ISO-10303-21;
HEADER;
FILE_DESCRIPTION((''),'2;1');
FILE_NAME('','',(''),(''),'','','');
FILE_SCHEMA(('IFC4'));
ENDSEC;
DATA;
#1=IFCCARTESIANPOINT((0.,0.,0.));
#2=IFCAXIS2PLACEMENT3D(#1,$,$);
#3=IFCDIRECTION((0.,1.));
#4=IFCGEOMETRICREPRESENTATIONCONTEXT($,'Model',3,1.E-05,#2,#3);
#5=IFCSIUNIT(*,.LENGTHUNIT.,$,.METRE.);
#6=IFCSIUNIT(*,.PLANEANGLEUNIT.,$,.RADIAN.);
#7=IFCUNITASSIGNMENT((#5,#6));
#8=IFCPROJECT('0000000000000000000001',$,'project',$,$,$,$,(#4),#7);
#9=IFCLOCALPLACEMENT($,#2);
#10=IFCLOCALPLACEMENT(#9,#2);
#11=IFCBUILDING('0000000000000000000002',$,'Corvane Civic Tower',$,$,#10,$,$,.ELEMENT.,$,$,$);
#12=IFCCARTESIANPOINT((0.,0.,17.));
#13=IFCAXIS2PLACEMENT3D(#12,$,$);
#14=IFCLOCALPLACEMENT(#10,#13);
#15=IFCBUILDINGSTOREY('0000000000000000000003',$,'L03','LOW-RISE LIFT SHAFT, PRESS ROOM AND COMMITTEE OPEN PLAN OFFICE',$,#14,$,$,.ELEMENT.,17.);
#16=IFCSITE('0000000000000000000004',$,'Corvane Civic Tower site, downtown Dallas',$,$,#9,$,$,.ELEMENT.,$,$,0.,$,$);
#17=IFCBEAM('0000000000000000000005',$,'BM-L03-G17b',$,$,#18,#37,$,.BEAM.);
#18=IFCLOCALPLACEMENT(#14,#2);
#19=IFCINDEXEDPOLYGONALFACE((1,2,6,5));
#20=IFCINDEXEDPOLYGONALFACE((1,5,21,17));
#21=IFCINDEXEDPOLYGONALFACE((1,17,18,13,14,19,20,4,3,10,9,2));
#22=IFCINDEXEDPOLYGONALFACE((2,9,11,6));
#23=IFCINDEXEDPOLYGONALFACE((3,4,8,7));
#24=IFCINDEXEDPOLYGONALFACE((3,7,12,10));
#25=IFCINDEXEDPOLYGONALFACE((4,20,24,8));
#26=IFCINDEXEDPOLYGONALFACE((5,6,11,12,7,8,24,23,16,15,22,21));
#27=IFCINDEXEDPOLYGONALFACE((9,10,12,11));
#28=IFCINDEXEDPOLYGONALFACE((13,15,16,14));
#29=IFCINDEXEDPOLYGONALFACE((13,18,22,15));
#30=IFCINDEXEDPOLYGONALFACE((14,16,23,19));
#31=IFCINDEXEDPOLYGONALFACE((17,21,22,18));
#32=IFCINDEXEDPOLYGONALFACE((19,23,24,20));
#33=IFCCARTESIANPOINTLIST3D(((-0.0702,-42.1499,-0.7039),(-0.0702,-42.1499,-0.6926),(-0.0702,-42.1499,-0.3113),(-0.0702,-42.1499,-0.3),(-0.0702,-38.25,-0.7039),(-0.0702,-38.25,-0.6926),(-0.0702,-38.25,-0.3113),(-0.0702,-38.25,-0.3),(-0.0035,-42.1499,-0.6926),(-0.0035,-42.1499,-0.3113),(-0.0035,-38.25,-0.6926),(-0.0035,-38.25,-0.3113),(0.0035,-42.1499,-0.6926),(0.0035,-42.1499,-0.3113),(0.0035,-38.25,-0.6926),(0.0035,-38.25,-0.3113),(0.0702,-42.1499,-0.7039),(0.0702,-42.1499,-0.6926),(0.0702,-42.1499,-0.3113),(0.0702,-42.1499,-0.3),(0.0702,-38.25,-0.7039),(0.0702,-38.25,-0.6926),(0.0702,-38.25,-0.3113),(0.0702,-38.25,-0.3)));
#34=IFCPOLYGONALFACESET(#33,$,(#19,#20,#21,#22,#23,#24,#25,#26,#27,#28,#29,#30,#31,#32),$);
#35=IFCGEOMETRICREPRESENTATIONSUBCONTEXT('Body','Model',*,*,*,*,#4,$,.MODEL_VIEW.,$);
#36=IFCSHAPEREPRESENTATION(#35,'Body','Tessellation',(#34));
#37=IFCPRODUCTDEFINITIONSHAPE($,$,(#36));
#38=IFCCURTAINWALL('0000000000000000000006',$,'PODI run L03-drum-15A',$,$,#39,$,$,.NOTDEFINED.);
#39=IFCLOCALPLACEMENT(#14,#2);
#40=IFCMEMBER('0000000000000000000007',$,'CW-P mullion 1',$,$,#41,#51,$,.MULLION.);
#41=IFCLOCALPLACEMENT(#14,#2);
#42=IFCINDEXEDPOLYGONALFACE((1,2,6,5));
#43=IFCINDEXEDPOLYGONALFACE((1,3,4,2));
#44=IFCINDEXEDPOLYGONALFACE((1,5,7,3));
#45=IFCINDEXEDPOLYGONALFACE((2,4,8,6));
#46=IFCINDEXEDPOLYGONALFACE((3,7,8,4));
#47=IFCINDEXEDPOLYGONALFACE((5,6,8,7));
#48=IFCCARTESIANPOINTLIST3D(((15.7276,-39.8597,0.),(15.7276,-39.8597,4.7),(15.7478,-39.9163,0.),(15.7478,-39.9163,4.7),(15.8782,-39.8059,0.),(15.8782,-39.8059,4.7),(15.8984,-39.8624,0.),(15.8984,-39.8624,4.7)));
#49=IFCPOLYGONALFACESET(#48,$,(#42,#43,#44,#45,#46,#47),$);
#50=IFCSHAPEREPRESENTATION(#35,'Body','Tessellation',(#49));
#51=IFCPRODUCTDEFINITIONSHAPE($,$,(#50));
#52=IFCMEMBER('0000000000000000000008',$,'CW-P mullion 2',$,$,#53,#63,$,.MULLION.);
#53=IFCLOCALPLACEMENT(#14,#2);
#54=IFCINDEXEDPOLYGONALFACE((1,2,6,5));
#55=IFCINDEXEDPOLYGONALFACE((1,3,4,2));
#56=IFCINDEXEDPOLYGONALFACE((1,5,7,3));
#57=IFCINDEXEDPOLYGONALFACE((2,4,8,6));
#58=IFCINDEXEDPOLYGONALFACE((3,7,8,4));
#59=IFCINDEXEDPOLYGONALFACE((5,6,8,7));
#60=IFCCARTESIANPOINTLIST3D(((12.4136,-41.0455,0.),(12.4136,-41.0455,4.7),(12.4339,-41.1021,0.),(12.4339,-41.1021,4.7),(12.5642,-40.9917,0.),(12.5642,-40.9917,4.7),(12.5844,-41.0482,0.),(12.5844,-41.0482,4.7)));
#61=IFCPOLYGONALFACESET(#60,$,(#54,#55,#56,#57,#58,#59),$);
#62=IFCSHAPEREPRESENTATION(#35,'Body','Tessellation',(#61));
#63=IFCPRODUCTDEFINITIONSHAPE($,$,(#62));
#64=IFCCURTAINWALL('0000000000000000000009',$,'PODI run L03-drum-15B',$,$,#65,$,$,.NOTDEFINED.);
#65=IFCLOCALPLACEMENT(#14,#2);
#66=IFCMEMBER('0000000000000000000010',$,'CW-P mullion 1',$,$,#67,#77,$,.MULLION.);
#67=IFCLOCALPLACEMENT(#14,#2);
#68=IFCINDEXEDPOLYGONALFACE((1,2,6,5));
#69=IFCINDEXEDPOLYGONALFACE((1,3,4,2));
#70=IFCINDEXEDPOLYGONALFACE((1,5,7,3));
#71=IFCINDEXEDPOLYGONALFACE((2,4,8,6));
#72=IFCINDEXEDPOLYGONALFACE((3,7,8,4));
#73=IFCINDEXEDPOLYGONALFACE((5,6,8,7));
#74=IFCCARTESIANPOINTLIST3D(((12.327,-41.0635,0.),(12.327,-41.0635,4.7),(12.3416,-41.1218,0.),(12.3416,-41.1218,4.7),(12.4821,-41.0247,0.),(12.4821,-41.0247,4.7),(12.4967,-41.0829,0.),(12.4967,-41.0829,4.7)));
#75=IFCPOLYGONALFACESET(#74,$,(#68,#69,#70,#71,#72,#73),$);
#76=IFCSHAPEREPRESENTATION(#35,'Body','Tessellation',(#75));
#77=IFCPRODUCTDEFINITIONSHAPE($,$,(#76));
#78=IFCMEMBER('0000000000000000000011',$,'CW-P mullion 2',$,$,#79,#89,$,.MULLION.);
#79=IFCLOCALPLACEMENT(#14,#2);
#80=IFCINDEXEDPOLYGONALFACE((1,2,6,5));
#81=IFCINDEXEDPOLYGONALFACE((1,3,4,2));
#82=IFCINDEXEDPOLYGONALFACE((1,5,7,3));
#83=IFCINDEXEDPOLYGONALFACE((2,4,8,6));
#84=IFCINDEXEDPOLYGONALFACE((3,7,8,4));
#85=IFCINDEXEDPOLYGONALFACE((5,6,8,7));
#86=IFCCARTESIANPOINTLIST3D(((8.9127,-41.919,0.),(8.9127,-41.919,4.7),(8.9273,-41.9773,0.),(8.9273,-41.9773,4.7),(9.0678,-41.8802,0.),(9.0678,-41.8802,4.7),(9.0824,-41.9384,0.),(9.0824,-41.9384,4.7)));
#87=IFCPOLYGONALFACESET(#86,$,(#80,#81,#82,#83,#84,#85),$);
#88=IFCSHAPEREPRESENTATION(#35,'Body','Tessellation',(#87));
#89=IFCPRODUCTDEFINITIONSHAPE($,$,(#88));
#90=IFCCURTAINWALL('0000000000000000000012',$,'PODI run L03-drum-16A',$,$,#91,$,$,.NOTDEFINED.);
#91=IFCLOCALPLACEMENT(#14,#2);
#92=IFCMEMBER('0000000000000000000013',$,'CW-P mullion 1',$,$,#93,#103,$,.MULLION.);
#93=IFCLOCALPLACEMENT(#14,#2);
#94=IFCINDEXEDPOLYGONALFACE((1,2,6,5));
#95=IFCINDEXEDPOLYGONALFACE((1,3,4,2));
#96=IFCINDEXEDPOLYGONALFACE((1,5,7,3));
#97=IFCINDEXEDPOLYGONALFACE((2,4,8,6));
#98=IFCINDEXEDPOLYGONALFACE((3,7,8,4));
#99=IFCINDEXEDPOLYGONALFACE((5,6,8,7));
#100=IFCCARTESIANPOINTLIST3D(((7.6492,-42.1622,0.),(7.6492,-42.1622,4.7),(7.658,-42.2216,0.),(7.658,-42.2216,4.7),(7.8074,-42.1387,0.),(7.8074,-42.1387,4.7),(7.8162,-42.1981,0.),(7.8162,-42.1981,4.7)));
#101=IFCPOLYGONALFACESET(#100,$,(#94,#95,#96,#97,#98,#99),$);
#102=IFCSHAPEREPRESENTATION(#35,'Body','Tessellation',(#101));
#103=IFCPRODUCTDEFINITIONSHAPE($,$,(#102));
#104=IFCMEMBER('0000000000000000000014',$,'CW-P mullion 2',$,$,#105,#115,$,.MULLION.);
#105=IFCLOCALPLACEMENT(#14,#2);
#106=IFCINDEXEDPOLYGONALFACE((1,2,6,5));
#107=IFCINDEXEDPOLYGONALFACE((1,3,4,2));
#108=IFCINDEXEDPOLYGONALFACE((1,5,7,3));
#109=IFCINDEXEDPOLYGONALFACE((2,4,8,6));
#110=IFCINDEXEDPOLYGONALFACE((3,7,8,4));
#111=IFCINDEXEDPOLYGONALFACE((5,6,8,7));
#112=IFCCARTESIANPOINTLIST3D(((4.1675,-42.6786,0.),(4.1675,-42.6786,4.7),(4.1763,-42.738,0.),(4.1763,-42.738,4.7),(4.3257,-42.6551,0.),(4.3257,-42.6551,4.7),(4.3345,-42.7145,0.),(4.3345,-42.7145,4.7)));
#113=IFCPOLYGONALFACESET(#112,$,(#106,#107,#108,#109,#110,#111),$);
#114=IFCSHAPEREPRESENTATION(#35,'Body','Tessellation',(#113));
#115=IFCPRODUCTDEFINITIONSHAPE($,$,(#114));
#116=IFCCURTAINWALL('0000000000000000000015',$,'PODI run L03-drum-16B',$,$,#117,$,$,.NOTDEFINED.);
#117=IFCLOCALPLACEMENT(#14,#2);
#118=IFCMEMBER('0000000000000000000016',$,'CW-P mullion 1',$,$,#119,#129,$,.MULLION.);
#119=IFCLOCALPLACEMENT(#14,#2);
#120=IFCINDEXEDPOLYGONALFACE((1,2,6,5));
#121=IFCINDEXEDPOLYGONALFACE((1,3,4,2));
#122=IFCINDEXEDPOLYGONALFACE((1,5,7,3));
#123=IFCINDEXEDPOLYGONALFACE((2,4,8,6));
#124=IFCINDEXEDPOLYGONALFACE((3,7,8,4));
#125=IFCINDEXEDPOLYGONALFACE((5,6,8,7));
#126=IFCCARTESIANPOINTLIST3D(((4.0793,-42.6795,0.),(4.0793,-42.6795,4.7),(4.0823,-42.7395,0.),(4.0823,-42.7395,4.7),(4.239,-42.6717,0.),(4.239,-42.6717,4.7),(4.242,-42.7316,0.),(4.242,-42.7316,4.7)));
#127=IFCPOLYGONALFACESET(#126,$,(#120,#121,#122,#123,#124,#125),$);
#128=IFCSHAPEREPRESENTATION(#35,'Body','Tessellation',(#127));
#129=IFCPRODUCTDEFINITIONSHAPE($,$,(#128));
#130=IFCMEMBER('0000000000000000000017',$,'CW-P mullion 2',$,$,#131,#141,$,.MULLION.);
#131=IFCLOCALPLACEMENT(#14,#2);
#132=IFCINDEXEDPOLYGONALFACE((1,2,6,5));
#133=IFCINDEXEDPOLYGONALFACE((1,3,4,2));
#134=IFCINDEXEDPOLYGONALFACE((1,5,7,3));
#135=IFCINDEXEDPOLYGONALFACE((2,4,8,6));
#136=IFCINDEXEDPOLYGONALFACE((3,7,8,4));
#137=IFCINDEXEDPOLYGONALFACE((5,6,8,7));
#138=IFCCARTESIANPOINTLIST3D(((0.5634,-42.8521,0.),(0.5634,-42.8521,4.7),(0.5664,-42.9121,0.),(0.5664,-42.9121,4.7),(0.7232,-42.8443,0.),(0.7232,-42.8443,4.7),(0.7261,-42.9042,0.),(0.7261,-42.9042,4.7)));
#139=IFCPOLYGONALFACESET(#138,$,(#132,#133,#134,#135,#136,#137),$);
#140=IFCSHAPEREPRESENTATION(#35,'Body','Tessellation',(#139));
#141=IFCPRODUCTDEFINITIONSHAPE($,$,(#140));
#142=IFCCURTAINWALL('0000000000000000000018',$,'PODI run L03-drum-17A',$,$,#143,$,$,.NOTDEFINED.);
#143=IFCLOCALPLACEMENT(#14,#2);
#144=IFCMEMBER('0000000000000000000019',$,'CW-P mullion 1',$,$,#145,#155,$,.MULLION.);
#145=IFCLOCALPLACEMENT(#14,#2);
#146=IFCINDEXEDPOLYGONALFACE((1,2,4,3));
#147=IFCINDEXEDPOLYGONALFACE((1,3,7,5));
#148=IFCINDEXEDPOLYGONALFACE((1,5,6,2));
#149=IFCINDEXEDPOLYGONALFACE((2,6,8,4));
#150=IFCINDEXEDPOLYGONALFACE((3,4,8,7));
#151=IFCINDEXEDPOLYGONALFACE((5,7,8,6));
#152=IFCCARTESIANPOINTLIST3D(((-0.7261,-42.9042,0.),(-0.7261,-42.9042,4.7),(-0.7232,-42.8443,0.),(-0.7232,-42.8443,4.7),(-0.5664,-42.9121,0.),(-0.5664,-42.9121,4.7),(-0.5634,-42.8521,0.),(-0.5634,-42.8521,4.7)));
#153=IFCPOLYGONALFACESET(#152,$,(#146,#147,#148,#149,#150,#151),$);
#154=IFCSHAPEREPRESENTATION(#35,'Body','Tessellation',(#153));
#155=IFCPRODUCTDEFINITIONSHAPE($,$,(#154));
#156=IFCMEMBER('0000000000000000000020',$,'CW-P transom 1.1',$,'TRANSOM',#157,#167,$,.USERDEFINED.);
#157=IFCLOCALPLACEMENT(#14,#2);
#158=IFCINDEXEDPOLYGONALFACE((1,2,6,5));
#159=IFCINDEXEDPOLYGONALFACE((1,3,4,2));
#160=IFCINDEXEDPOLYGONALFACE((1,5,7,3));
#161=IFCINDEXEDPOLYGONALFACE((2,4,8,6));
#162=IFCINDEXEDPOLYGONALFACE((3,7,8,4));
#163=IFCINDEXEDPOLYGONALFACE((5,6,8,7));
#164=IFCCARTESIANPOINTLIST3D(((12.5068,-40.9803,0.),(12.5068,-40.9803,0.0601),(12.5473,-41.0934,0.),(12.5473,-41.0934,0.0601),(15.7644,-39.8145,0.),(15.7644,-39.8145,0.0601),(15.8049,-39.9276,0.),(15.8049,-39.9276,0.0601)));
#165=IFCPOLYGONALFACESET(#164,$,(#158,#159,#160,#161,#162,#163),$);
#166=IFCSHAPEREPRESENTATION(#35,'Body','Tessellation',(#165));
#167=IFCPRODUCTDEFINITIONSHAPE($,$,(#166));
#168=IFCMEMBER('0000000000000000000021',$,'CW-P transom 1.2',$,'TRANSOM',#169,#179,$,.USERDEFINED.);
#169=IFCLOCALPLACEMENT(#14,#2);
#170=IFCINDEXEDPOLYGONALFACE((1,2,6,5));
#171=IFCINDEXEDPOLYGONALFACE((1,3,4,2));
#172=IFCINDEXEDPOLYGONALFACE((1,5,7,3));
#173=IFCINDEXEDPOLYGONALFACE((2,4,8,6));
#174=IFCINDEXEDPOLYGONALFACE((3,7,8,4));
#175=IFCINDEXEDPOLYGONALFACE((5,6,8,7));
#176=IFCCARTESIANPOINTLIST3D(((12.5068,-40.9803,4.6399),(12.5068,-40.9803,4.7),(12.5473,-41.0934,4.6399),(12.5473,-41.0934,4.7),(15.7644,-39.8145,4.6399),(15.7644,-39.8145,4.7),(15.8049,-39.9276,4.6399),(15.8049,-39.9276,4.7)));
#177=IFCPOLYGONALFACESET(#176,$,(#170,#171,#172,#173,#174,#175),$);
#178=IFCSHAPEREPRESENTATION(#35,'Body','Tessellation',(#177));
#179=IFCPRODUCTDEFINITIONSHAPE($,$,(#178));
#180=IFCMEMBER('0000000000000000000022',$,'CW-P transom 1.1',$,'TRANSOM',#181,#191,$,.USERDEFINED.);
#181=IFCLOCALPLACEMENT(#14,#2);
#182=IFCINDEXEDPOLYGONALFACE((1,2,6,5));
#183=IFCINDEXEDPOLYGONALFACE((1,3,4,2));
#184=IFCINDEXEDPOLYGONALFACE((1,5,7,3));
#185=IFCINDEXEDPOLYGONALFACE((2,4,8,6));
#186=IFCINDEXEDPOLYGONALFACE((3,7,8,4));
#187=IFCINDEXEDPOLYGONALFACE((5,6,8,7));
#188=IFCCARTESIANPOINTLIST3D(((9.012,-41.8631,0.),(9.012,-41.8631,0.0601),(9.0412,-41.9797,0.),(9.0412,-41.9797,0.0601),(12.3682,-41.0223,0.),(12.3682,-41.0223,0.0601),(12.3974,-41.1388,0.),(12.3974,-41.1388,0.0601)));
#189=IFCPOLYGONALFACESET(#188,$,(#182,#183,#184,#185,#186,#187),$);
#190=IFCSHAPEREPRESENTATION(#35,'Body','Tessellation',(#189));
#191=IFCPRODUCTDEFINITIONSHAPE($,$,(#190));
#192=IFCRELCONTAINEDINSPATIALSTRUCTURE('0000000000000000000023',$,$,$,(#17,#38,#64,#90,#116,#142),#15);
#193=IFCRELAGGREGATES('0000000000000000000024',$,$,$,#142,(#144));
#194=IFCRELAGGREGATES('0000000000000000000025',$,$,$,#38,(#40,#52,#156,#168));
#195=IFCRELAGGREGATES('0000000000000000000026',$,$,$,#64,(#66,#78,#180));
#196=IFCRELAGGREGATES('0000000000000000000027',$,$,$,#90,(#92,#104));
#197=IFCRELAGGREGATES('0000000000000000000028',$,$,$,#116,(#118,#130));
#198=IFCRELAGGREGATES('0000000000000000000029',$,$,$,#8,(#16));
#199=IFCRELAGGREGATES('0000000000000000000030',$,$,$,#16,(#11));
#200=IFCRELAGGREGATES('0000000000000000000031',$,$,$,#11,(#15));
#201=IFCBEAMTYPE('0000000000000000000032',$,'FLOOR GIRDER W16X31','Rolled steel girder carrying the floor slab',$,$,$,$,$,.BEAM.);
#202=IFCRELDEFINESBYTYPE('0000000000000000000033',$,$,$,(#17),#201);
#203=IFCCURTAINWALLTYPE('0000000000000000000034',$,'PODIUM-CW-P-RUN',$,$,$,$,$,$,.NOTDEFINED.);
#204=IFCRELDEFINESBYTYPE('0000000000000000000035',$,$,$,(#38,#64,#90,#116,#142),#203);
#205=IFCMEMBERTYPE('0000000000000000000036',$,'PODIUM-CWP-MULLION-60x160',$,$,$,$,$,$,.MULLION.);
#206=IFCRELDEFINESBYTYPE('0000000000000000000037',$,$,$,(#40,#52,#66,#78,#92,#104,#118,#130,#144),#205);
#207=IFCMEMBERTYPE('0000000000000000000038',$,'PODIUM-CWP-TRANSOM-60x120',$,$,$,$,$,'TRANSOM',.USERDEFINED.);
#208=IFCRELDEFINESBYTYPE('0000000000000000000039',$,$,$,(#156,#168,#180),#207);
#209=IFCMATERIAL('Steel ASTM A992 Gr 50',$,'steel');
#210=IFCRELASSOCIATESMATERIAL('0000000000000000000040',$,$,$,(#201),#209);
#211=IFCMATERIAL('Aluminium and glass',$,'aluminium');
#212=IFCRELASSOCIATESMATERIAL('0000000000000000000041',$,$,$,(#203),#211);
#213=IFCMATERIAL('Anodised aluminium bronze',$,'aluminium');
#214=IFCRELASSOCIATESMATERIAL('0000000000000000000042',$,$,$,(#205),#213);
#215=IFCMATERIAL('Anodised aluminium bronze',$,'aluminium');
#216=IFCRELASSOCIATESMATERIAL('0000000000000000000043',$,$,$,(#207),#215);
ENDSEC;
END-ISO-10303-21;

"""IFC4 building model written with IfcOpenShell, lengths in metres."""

from ifc_helpers import new_model, si_unit, direction, frame, origin, origin_2d, place, context, subcontext, project, spatial, rectangle, i_section, extrude, material, material_profile, profile_set, type_object, element, aggregate, save


model = new_model("IFC4")

# Units and contexts
model_context = context("Model", 3, precision=1e-05, world=origin(), true_north=direction((0.0, 1.0)))
body_context = subcontext(model_context, "Body", "Model", "MODEL_VIEW")
ifc_project = project(units=[si_unit("LENGTHUNIT", "METRE"), si_unit("PLANEANGLEUNIT", "RADIAN")], contexts=[model_context])

# Site, building, storey
site_placement = place(None, origin())
site = spatial("IfcSite", under=ifc_project, at=site_placement, Name="Corvane Civic Tower site, downtown Dallas", CompositionType="ELEMENT", RefElevation=0.0)
building_placement = place(site_placement, origin())
building = spatial("IfcBuilding", under=site, at=building_placement, Name="Corvane Civic Tower", CompositionType="ELEMENT")
storey_placement = place(building_placement, frame((0.0, 0.0, 17.0)))
storey = spatial("IfcBuildingStorey", under=building, at=storey_placement, Name="L03", Description="LOW-RISE LIFT SHAFT, PRESS ROOM AND COMMITTEE OPEN PLAN OFFICE", CompositionType="ELEMENT", Elevation=17.0)

# Beam
ifc_material_1 = material(Name="Steel ASTM A992 Gr 50", Category="steel")
ifc_material_profile_1 = material_profile(ifc_material_1, i_section(OverallWidth=0.1404, OverallDepth=0.4038, WebThickness=0.0071, FlangeThickness=0.0112, at=origin_2d()), Name="W16X31")
ifc_profile_set_1 = profile_set([ifc_material_profile_1], Name="Steel ASTM A992 Gr 50")
beam_type_1 = type_object("IfcBeamType", Name="FLOOR GIRDER W16X31", Description="Rolled steel girder carrying the floor slab", PredefinedType="BEAM", material=ifc_profile_set_1)
for number, where, z_axis, x_axis, name in (
    (1, (0.0, -38.25, -0.502), (0.0, -1.0, 0.0), (1.0, 0.0, 0.0), "BM-L03-G17b"),
):
    element("IfcBeam", number, at=place(storey_placement, frame(where, z_axis=z_axis, x_axis=x_axis)), inside=storey, type_object=beam_type_1, Name=name, PredefinedType="BEAM", context=body_context, shape_type="SweptSolid", body=[
        extrude(i_section(OverallWidth=0.1404, OverallDepth=0.4038, WebThickness=0.0071, FlangeThickness=0.0112, at=origin_2d()), origin(), (0.0, 0.0, 1.0), 3.8999),
    ])

# Curtain walls, members
ifc_material_2 = material(Name="Aluminium and glass", Category="aluminium")
curtain_wall_type = type_object("IfcCurtainWallType", Name="PODIUM-CW-P-RUN", PredefinedType="NOTDEFINED", material=ifc_material_2)
curtain_wall_1_placement = place(storey_placement, origin())
curtain_wall_1 = element("IfcCurtainWall", 2, at=curtain_wall_1_placement, inside=storey, type_object=curtain_wall_type, Name="PODI run L03-drum-15A", PredefinedType="NOTDEFINED")
ifc_material_3 = material(Name="Anodised aluminium bronze", Category="aluminium")
ifc_material_profile_2 = material_profile(ifc_material_3, rectangle(XDim=0.0601, YDim=0.1599, at=origin_2d()), Name="AL 60x160")
ifc_profile_set_2 = profile_set([ifc_material_profile_2], Name="Anodised aluminium bronze")
member_type_1 = type_object("IfcMemberType", Name="PODIUM-CWP-MULLION-60x160", PredefinedType="MULLION", material=ifc_profile_set_2)
member_1_placement = place(storey_placement, frame((15.813, -39.8611, 0.0), z_axis=(0.0, 0.0, 1.0), x_axis=(0.336919, -0.941534, 0.0)))
member_1 = element("IfcMember", 3, at=member_1_placement, type_object=member_type_1, Name="CW-P mullion 1", PredefinedType="MULLION", context=body_context, shape_type="SweptSolid", body=[
    extrude(rectangle(XDim=0.0601, YDim=0.1599, at=origin_2d()), origin(), (0.0, 0.0, 1.0), 4.7),
])
member_2_placement = place(storey_placement, frame((12.499, -41.0469, 0.0), z_axis=(0.0, 0.0, 1.0), x_axis=(0.336919, -0.941534, 0.0)))
member_2 = element("IfcMember", 4, at=member_2_placement, type_object=member_type_1, Name="CW-P mullion 2", PredefinedType="MULLION", context=body_context, shape_type="SweptSolid", body=[
    extrude(rectangle(XDim=0.0601, YDim=0.1599, at=origin_2d()), origin(), (0.0, 0.0, 1.0), 4.7),
])
curtain_wall_2_placement = place(storey_placement, origin())
curtain_wall_2 = element("IfcCurtainWall", 5, at=curtain_wall_2_placement, inside=storey, type_object=curtain_wall_type, Name="PODI run L03-drum-15B", PredefinedType="NOTDEFINED")
member_3_placement = place(storey_placement, frame((12.4119, -41.0732, 0.0), z_axis=(0.0, 0.0, 1.0), x_axis=(0.243009, -0.970024, 0.0)))
member_3 = element("IfcMember", 6, at=member_3_placement, type_object=member_type_1, Name="CW-P mullion 1", PredefinedType="MULLION", context=body_context, shape_type="SweptSolid", body=[
    extrude(rectangle(XDim=0.0601, YDim=0.1599, at=origin_2d()), origin(), (0.0, 0.0, 1.0), 4.7),
])
member_4_placement = place(storey_placement, frame((8.9976, -41.9287, 0.0), z_axis=(0.0, 0.0, 1.0), x_axis=(0.243009, -0.970024, 0.0)))
member_4 = element("IfcMember", 7, at=member_4_placement, type_object=member_type_1, Name="CW-P mullion 2", PredefinedType="MULLION", context=body_context, shape_type="SweptSolid", body=[
    extrude(rectangle(XDim=0.0601, YDim=0.1599, at=origin_2d()), origin(), (0.0, 0.0, 1.0), 4.7),
])
curtain_wall_3_placement = place(storey_placement, origin())
curtain_wall_3 = element("IfcCurtainWall", 8, at=curtain_wall_3_placement, inside=storey, type_object=curtain_wall_type, Name="PODI run L03-drum-16A", PredefinedType="NOTDEFINED")
member_5_placement = place(storey_placement, frame((7.7327, -42.1802, 0.0), z_axis=(0.0, 0.0, 1.0), x_axis=(0.146715, -0.989179, 0.0)))
member_5 = element("IfcMember", 9, at=member_5_placement, type_object=member_type_1, Name="CW-P mullion 1", PredefinedType="MULLION", context=body_context, shape_type="SweptSolid", body=[
    extrude(rectangle(XDim=0.0601, YDim=0.1599, at=origin_2d()), origin(), (0.0, 0.0, 1.0), 4.7),
])
member_6_placement = place(storey_placement, frame((4.251, -42.6965, 0.0), z_axis=(0.0, 0.0, 1.0), x_axis=(0.146715, -0.989179, 0.0)))
member_6 = element("IfcMember", 10, at=member_6_placement, type_object=member_type_1, Name="CW-P mullion 2", PredefinedType="MULLION", context=body_context, shape_type="SweptSolid", body=[
    extrude(rectangle(XDim=0.0601, YDim=0.1599, at=origin_2d()), origin(), (0.0, 0.0, 1.0), 4.7),
])
curtain_wall_4_placement = place(storey_placement, origin())
curtain_wall_4 = element("IfcCurtainWall", 11, at=curtain_wall_4_placement, inside=storey, type_object=curtain_wall_type, Name="PODI run L03-drum-16B", PredefinedType="NOTDEFINED")
member_7_placement = place(storey_placement, frame((4.1606, -42.7056, 0.0), z_axis=(0.0, 0.0, 1.0), x_axis=(0.04905, -0.998796, 0.0)))
member_7 = element("IfcMember", 12, at=member_7_placement, type_object=member_type_1, Name="CW-P mullion 1", PredefinedType="MULLION", context=body_context, shape_type="SweptSolid", body=[
    extrude(rectangle(XDim=0.0601, YDim=0.1599, at=origin_2d()), origin(), (0.0, 0.0, 1.0), 4.7),
])
member_8_placement = place(storey_placement, frame((0.6448, -42.8782, 0.0), z_axis=(0.0, 0.0, 1.0), x_axis=(0.04905, -0.998796, 0.0)))
member_8 = element("IfcMember", 13, at=member_8_placement, type_object=member_type_1, Name="CW-P mullion 2", PredefinedType="MULLION", context=body_context, shape_type="SweptSolid", body=[
    extrude(rectangle(XDim=0.0601, YDim=0.1599, at=origin_2d()), origin(), (0.0, 0.0, 1.0), 4.7),
])

# Curtain wall, member
curtain_wall_5_placement = place(storey_placement, origin())
curtain_wall_5 = element("IfcCurtainWall", 14, at=curtain_wall_5_placement, inside=storey, type_object=curtain_wall_type, Name="PODI run L03-drum-17A", PredefinedType="NOTDEFINED")
member_9_placement = place(storey_placement, frame((-0.6448, -42.8782, 0.0), z_axis=(0.0, 0.0, 1.0), x_axis=(-0.04905, -0.998796, 0.0)))
member_9 = element("IfcMember", 15, at=member_9_placement, type_object=member_type_1, Name="CW-P mullion 1", PredefinedType="MULLION", context=body_context, shape_type="SweptSolid", body=[
    extrude(rectangle(XDim=0.0601, YDim=0.1599, at=origin_2d()), origin(), (0.0, 0.0, 1.0), 4.7),
])
aggregate(curtain_wall_5, [member_9])

# Members
ifc_material_4 = material(Name="Anodised aluminium bronze", Category="aluminium")
ifc_material_profile_3 = material_profile(ifc_material_4, rectangle(XDim=0.1201, YDim=0.0601, at=origin_2d()), Name="AL 120x60")
ifc_profile_set_3 = profile_set([ifc_material_profile_3], Name="Anodised aluminium bronze")
member_type_2 = type_object("IfcMemberType", Name="PODIUM-CWP-TRANSOM-60x120", ElementType="TRANSOM", PredefinedType="USERDEFINED", material=ifc_profile_set_3)
member_10_placement = place(storey_placement, frame((15.7847, -39.8711, 0.03), z_axis=(-0.941526, -0.33694, 0.0), x_axis=(0.33694, -0.941526, 0.0)))
member_10 = element("IfcMember", 16, at=member_10_placement, type_object=member_type_2, Name="CW-P transom 1.1", ObjectType="TRANSOM", PredefinedType="USERDEFINED", context=body_context, shape_type="SweptSolid", body=[
    extrude(rectangle(XDim=0.1201, YDim=0.0601, at=origin_2d()), origin(), (0.0, 0.0, 1.0), 3.46),
])
member_11_placement = place(storey_placement, frame((15.7847, -39.8711, 4.6699), z_axis=(-0.941526, -0.33694, 0.0), x_axis=(0.33694, -0.941526, 0.0)))
member_11 = element("IfcMember", 17, at=member_11_placement, type_object=member_type_2, Name="CW-P transom 1.2", ObjectType="TRANSOM", PredefinedType="USERDEFINED", context=body_context, shape_type="SweptSolid", body=[
    extrude(rectangle(XDim=0.1201, YDim=0.0601, at=origin_2d()), origin(), (0.0, 0.0, 1.0), 3.46),
])
member_12_placement = place(storey_placement, frame((12.3828, -41.0806, 0.03), z_axis=(-0.970022, -0.243017, 0.0), x_axis=(0.243017, -0.970022, 0.0)))
member_12 = element("IfcMember", 18, at=member_12_placement, type_object=member_type_2, Name="CW-P transom 1.1", ObjectType="TRANSOM", PredefinedType="USERDEFINED", context=body_context, shape_type="SweptSolid", body=[
    extrude(rectangle(XDim=0.1201, YDim=0.0601, at=origin_2d()), origin(), (0.0, 0.0, 1.0), 3.46),
])

aggregate(curtain_wall_1, [member_1, member_2, member_10, member_11])
aggregate(curtain_wall_2, [member_3, member_4, member_12])
aggregate(curtain_wall_3, [member_5, member_6])
aggregate(curtain_wall_4, [member_7, member_8])

save(model, "model.ifc")
